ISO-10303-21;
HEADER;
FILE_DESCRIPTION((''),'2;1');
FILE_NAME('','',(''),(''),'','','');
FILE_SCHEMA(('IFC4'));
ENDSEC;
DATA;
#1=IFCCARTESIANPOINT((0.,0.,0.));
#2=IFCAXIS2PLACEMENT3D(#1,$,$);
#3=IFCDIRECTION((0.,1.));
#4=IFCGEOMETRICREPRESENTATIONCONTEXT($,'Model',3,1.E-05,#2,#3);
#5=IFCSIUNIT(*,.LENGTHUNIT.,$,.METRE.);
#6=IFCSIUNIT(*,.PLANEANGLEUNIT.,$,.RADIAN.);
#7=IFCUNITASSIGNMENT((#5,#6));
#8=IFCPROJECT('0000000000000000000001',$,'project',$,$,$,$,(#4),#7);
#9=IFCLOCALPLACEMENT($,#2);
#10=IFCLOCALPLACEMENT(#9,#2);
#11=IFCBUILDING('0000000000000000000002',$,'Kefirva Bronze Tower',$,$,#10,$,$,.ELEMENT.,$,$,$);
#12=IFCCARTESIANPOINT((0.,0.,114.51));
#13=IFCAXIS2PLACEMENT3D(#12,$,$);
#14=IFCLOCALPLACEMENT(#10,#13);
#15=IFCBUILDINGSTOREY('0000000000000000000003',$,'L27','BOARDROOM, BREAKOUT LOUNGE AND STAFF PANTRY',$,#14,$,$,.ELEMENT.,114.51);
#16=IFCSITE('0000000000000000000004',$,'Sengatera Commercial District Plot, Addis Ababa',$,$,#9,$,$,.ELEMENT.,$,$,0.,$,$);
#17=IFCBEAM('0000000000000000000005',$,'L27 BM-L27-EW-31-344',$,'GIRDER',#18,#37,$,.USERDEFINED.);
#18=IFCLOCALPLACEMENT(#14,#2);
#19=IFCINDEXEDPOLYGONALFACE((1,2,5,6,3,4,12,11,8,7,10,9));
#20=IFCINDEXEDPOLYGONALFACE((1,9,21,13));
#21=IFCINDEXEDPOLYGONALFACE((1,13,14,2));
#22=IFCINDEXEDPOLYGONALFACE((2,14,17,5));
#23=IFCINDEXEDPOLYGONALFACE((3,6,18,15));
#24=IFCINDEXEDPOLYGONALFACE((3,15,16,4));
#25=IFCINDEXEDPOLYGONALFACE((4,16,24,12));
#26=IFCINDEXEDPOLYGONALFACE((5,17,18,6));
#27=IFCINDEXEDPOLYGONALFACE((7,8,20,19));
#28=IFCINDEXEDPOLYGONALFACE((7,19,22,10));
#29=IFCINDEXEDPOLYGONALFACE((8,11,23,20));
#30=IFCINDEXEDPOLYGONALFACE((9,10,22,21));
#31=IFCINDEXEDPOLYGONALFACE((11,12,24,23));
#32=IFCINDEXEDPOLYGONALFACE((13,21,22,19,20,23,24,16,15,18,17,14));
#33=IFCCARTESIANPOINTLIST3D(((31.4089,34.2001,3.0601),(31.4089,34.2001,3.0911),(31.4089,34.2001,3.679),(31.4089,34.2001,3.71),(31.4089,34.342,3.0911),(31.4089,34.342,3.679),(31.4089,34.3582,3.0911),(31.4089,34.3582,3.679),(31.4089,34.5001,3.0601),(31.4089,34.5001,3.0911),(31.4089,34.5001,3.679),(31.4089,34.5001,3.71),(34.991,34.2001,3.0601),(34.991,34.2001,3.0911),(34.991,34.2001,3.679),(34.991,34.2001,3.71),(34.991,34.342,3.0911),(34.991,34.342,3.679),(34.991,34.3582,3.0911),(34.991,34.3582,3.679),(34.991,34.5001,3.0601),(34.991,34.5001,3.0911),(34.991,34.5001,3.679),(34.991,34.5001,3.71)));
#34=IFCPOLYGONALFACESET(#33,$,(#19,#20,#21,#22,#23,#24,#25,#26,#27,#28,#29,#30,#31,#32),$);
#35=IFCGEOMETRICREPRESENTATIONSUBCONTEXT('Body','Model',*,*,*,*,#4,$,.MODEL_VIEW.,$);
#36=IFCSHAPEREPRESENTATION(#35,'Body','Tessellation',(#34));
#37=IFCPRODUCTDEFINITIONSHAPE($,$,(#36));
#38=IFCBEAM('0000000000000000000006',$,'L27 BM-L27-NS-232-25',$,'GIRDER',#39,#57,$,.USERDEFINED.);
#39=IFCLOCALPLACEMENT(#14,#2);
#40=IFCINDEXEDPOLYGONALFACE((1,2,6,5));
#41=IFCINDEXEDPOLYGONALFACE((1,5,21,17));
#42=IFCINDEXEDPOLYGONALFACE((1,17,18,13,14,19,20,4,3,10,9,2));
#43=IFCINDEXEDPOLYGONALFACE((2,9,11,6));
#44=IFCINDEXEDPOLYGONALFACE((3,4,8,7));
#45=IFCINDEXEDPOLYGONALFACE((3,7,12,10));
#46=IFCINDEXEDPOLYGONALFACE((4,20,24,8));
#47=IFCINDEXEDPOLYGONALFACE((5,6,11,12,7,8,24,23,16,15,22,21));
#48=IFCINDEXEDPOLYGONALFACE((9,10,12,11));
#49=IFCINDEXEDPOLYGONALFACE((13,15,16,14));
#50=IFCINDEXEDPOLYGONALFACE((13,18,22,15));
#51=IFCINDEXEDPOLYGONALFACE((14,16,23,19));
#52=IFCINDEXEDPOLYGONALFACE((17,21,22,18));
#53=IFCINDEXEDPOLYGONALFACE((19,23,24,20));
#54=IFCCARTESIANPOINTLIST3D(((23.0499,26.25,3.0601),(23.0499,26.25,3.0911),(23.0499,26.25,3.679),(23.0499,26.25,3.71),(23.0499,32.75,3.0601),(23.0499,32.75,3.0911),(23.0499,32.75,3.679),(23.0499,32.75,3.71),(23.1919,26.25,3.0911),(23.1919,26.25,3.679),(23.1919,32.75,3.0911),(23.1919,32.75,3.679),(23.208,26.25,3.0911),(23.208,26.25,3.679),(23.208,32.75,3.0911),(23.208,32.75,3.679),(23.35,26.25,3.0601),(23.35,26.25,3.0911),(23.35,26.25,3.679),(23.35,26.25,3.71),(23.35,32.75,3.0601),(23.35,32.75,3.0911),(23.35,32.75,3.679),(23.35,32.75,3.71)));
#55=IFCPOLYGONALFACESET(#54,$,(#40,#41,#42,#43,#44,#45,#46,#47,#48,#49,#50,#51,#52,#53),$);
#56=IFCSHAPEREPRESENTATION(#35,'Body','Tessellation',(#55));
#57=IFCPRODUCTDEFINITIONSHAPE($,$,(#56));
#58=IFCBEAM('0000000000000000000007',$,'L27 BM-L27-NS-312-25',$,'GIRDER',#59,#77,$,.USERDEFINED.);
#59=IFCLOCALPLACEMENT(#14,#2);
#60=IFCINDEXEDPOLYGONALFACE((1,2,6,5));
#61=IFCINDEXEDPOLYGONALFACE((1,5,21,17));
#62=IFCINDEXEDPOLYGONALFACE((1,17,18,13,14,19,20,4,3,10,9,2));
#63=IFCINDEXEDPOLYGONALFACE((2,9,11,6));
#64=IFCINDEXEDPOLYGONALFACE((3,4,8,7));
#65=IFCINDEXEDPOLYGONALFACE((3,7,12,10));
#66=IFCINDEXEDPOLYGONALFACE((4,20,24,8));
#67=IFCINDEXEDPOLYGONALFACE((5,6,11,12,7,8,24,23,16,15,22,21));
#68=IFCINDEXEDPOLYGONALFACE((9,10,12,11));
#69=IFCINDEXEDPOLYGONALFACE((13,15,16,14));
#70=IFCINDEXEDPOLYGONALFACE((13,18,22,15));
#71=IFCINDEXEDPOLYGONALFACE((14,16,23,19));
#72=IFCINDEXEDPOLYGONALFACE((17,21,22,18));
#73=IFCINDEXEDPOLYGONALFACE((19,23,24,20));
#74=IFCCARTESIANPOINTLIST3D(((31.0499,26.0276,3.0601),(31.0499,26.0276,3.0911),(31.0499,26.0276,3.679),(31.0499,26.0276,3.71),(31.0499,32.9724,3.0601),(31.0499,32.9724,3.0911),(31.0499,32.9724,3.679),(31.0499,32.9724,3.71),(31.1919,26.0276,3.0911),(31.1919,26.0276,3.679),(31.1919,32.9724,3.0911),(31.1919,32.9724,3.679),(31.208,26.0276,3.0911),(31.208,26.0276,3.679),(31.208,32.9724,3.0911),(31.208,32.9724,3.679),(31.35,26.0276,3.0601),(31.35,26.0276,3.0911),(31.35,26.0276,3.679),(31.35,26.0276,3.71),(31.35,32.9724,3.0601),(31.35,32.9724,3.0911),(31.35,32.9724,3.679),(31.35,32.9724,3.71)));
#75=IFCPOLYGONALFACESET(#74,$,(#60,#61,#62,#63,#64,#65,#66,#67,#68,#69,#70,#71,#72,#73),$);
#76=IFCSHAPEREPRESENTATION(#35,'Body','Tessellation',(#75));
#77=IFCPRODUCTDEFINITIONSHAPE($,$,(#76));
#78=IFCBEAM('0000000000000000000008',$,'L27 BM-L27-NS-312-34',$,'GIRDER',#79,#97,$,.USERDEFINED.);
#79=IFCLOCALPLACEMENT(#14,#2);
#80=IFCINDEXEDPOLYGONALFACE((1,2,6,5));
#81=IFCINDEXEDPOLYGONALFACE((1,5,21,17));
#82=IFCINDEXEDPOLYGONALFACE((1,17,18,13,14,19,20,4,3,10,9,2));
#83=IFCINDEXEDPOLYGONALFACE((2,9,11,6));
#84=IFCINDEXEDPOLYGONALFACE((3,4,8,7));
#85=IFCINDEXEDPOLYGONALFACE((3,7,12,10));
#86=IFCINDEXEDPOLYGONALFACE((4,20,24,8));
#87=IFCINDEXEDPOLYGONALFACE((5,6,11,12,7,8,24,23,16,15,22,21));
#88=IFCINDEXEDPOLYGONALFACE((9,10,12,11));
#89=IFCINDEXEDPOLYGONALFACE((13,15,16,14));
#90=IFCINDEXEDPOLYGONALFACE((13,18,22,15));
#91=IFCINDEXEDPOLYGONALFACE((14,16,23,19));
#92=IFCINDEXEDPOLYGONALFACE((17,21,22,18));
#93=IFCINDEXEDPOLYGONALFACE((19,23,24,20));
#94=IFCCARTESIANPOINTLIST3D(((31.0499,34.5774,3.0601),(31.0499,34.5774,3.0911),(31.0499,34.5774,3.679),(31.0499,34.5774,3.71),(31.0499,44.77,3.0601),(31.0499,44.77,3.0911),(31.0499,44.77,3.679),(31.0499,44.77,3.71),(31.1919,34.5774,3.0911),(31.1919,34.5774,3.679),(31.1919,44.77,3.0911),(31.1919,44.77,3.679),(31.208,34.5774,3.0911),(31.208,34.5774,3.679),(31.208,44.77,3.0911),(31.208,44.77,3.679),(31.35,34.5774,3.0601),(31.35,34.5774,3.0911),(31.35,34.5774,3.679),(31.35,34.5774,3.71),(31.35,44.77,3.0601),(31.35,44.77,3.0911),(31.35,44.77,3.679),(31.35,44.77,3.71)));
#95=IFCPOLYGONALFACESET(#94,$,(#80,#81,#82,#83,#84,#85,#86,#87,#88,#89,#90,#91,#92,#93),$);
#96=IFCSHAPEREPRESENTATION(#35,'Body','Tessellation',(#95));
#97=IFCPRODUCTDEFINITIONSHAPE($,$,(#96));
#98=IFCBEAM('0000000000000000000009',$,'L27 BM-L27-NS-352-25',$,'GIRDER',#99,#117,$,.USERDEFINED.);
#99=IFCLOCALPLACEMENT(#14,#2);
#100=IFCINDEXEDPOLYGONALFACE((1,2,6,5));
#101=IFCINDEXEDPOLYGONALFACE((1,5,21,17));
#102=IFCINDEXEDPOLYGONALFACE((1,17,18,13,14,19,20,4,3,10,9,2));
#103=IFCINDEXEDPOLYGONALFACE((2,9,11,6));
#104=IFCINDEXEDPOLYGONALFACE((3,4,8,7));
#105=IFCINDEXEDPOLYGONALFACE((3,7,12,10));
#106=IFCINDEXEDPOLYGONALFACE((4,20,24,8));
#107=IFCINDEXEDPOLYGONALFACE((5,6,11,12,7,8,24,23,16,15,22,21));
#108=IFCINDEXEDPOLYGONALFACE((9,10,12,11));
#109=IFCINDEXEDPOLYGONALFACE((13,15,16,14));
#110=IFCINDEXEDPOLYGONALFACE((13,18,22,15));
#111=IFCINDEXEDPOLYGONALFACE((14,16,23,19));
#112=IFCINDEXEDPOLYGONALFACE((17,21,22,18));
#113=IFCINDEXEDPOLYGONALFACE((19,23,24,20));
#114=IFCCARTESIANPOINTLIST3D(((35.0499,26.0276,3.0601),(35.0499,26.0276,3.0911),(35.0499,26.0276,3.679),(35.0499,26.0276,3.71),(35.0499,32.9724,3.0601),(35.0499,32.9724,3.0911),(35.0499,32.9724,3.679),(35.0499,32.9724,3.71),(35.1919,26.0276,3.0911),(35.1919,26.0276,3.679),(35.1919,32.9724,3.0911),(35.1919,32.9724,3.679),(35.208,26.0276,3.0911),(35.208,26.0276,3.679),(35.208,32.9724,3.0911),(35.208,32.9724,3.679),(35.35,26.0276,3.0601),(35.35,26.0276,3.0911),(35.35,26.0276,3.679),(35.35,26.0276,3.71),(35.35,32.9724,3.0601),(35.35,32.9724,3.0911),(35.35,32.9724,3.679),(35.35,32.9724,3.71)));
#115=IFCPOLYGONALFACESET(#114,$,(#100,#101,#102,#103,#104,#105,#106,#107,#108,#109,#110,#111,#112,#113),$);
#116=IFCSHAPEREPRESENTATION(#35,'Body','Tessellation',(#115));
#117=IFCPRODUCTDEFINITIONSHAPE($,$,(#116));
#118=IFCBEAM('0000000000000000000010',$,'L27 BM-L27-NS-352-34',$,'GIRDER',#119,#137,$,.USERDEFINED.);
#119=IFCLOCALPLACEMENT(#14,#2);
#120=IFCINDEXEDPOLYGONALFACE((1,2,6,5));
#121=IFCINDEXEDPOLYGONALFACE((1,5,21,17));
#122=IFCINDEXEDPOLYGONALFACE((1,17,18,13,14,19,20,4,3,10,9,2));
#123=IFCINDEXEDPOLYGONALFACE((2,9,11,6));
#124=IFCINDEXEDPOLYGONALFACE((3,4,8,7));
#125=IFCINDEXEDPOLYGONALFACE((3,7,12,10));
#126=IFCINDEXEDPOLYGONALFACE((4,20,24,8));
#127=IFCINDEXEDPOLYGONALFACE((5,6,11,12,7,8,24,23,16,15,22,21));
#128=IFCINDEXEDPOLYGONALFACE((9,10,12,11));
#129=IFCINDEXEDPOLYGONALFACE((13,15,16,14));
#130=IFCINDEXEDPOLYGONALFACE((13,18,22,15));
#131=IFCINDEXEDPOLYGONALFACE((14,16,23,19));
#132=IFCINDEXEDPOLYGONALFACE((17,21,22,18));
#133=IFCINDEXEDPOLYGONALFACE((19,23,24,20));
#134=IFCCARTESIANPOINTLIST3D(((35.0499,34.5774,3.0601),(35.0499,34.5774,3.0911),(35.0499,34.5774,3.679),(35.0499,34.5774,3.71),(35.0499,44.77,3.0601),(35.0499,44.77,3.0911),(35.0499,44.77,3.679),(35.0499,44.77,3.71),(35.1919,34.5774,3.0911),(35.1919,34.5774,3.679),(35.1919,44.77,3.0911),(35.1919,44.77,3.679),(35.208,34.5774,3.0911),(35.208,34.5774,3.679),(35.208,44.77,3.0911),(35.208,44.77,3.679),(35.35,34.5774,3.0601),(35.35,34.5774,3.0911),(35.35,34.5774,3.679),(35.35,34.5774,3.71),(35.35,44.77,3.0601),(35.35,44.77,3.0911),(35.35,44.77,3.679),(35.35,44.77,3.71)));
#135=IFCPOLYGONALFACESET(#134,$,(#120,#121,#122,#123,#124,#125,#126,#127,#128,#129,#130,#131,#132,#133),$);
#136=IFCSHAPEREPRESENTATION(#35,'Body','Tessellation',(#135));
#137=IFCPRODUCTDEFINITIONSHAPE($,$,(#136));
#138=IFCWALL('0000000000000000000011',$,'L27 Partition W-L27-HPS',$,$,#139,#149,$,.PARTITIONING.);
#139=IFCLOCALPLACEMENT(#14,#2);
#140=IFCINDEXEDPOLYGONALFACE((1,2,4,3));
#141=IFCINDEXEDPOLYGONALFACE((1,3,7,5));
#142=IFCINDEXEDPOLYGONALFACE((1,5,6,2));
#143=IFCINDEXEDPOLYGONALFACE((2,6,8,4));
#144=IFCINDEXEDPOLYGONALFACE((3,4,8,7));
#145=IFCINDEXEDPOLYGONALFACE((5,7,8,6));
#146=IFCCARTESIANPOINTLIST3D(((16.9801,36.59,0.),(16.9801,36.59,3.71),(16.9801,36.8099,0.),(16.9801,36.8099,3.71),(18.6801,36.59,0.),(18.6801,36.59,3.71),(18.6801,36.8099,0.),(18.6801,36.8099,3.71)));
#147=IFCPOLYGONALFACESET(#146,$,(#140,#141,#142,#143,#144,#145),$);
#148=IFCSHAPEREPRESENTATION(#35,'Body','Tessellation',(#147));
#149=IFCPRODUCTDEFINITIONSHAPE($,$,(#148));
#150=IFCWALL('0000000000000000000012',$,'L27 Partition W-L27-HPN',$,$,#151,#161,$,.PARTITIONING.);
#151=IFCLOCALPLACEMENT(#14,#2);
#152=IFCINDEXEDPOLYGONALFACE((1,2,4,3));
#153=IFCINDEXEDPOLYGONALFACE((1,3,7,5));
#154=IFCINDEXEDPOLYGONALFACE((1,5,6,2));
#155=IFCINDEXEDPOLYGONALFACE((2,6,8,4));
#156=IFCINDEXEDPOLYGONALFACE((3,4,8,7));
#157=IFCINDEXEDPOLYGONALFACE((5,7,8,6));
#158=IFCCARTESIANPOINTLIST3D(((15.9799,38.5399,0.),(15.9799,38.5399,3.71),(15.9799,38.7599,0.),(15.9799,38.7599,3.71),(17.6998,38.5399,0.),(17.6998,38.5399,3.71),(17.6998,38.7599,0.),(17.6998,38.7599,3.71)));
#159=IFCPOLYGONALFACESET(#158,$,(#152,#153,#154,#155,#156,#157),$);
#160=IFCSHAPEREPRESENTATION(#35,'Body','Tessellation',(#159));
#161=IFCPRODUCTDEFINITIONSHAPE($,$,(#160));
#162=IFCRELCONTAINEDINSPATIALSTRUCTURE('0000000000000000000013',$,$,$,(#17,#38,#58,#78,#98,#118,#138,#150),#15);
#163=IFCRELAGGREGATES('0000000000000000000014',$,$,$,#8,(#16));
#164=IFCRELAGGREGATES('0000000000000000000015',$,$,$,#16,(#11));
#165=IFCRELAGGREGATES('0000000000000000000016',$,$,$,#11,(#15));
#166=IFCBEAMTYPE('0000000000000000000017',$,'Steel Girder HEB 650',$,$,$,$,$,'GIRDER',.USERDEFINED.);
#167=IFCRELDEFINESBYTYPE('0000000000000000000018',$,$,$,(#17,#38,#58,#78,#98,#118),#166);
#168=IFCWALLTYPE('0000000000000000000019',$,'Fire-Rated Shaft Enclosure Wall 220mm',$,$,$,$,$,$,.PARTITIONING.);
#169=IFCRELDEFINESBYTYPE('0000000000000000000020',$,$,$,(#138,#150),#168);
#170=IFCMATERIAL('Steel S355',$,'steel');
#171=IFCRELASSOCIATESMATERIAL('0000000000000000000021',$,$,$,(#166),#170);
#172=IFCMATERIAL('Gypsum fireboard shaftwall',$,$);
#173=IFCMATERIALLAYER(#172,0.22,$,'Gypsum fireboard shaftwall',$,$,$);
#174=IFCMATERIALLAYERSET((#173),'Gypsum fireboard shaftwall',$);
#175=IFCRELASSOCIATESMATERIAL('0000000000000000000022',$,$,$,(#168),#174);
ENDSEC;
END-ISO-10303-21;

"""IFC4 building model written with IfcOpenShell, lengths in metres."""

from ifc_helpers import new_model, si_unit, direction, frame, frame_2d, origin, origin_2d, place, context, subcontext, project, spatial, rectangle, i_section, extrude, material, layer, layer_set, material_profile, profile_set, type_object, element, save


model = new_model("IFC4")

# Units and contexts
model_context = context("Model", 3, precision=1e-05, world=origin(), true_north=direction((0.0, 1.0)))
body_context = subcontext(model_context, "Body", "Model", "MODEL_VIEW")
ifc_project = project(units=[si_unit("LENGTHUNIT", "METRE"), si_unit("PLANEANGLEUNIT", "RADIAN")], contexts=[model_context])

# Site, building, storey
site_placement = place(None, origin())
site = spatial("IfcSite", under=ifc_project, at=site_placement, Name="Sengatera Commercial District Plot, Addis Ababa", CompositionType="ELEMENT", RefElevation=0.0)
building_placement = place(site_placement, origin())
building = spatial("IfcBuilding", under=site, at=building_placement, Name="Kefirva Bronze Tower", CompositionType="ELEMENT")
storey_placement = place(building_placement, frame((0.0, 0.0, 114.51)))
storey = spatial("IfcBuildingStorey", under=building, at=storey_placement, Name="L27", Description="BOARDROOM, BREAKOUT LOUNGE AND STAFF PANTRY", CompositionType="ELEMENT", Elevation=114.51)

# Beams
ifc_material_1 = material(Name="Steel S355", Category="steel")
ifc_material_profile_1 = material_profile(ifc_material_1, i_section(OverallWidth=0.3, OverallDepth=0.6499, WebThickness=0.0161, FlangeThickness=0.031, at=origin_2d()), Name="HEB 650")
ifc_profile_set_1 = profile_set([ifc_material_profile_1], Name="Steel S355")
beam_type_1 = type_object("IfcBeamType", Name="Steel Girder HEB 650", ElementType="GIRDER", PredefinedType="USERDEFINED", material=ifc_profile_set_1)
for number, where, z_axis, x_axis, name in (
    (1, (31.4089, 34.3501, 3.385), (1.0, 0.0, 0.0), (0.0, 1.0, 0.0), "L27 BM-L27-EW-31-344"),
):
    element("IfcBeam", number, at=place(storey_placement, frame(where, z_axis=z_axis, x_axis=x_axis)), inside=storey, type_object=beam_type_1, Name=name, ObjectType="GIRDER", PredefinedType="USERDEFINED", context=body_context, shape_type="SweptSolid", body=[
        extrude(i_section(OverallWidth=0.3, OverallDepth=0.6499, WebThickness=0.0161, FlangeThickness=0.031, at=origin_2d()), origin(), (0.0, 0.0, 1.0), 3.582),
    ])
beam_1_placement = place(storey_placement, frame((23.2, 26.25, 3.385), z_axis=(0.0, 1.0, 0.0), x_axis=(-1.0, 0.0, 0.0)))
element("IfcBeam", 2, at=beam_1_placement, inside=storey, type_object=beam_type_1, Name="L27 BM-L27-NS-232-25", ObjectType="GIRDER", PredefinedType="USERDEFINED", context=body_context, shape_type="SweptSolid", body=[
    extrude(i_section(OverallWidth=0.3, OverallDepth=0.6499, WebThickness=0.0161, FlangeThickness=0.031, at=origin_2d()), origin(), (0.0, 0.0, 1.0), 6.5),
])
beam_2_placement = place(storey_placement, frame((31.2, 26.0276, 3.385), z_axis=(0.0, 1.0, 0.0), x_axis=(-1.0, 0.0, 0.0)))
element("IfcBeam", 3, at=beam_2_placement, inside=storey, type_object=beam_type_1, Name="L27 BM-L27-NS-312-25", ObjectType="GIRDER", PredefinedType="USERDEFINED", context=body_context, shape_type="SweptSolid", body=[
    extrude(i_section(OverallWidth=0.3, OverallDepth=0.6499, WebThickness=0.0161, FlangeThickness=0.031, at=origin_2d()), origin(), (0.0, 0.0, 1.0), 6.9448),
])
beam_3_placement = place(storey_placement, frame((31.2, 34.5774, 3.385), z_axis=(0.0, 1.0, 0.0), x_axis=(-1.0, 0.0, 0.0)))
element("IfcBeam", 4, at=beam_3_placement, inside=storey, type_object=beam_type_1, Name="L27 BM-L27-NS-312-34", ObjectType="GIRDER", PredefinedType="USERDEFINED", context=body_context, shape_type="SweptSolid", body=[
    extrude(i_section(OverallWidth=0.3, OverallDepth=0.6499, WebThickness=0.0161, FlangeThickness=0.031, at=origin_2d()), origin(), (0.0, 0.0, 1.0), 10.1926),
])
beam_4_placement = place(storey_placement, frame((35.2, 26.0276, 3.385), z_axis=(0.0, 1.0, 0.0), x_axis=(-1.0, 0.0, 0.0)))
element("IfcBeam", 5, at=beam_4_placement, inside=storey, type_object=beam_type_1, Name="L27 BM-L27-NS-352-25", ObjectType="GIRDER", PredefinedType="USERDEFINED", context=body_context, shape_type="SweptSolid", body=[
    extrude(i_section(OverallWidth=0.3, OverallDepth=0.6499, WebThickness=0.0161, FlangeThickness=0.031, at=origin_2d()), origin(), (0.0, 0.0, 1.0), 6.9448),
])
beam_5_placement = place(storey_placement, frame((35.2, 34.5774, 3.385), z_axis=(0.0, 1.0, 0.0), x_axis=(-1.0, 0.0, 0.0)))
element("IfcBeam", 6, at=beam_5_placement, inside=storey, type_object=beam_type_1, Name="L27 BM-L27-NS-352-34", ObjectType="GIRDER", PredefinedType="USERDEFINED", context=body_context, shape_type="SweptSolid", body=[
    extrude(i_section(OverallWidth=0.3, OverallDepth=0.6499, WebThickness=0.0161, FlangeThickness=0.031, at=origin_2d()), origin(), (0.0, 0.0, 1.0), 10.1926),
])

# Shared definitions
ifc_material_2 = material(Name="Gypsum fireboard shaftwall")
ifc_layer_1 = layer(ifc_material_2, 0.22, Name="Gypsum fireboard shaftwall")
ifc_layer_set_1 = layer_set([ifc_layer_1], Name="Gypsum fireboard shaftwall")
wall_type_1 = type_object("IfcWallType", Name="Fire-Rated Shaft Enclosure Wall 220mm", PredefinedType="PARTITIONING", material=ifc_layer_set_1)

# Walls
wall_1_placement = place(storey_placement, frame((16.98, 36.7, 0.0), z_axis=(0.0, 0.0, 1.0), x_axis=(1.0, 0.0, 0.0)))
element("IfcWall", 7, at=wall_1_placement, inside=storey, type_object=wall_type_1, Name="L27 Partition W-L27-HPS", PredefinedType="PARTITIONING", context=body_context, shape_type="SweptSolid", body=[
    extrude(rectangle(XDim=1.7, YDim=0.22, at=frame_2d((0.8501, 0.0))), origin(), (0.0, 0.0, 1.0), 3.71),
])
wall_2_placement = place(storey_placement, frame((15.98, 38.6499, 0.0), z_axis=(0.0, 0.0, 1.0), x_axis=(1.0, 0.0, 0.0)))
element("IfcWall", 8, at=wall_2_placement, inside=storey, type_object=wall_type_1, Name="L27 Partition W-L27-HPN", PredefinedType="PARTITIONING", context=body_context, shape_type="SweptSolid", body=[
    extrude(rectangle(XDim=1.72, YDim=0.22, at=frame_2d((0.8599, 0.0))), origin(), (0.0, 0.0, 1.0), 3.71),
])

save(model, "model.ifc")
